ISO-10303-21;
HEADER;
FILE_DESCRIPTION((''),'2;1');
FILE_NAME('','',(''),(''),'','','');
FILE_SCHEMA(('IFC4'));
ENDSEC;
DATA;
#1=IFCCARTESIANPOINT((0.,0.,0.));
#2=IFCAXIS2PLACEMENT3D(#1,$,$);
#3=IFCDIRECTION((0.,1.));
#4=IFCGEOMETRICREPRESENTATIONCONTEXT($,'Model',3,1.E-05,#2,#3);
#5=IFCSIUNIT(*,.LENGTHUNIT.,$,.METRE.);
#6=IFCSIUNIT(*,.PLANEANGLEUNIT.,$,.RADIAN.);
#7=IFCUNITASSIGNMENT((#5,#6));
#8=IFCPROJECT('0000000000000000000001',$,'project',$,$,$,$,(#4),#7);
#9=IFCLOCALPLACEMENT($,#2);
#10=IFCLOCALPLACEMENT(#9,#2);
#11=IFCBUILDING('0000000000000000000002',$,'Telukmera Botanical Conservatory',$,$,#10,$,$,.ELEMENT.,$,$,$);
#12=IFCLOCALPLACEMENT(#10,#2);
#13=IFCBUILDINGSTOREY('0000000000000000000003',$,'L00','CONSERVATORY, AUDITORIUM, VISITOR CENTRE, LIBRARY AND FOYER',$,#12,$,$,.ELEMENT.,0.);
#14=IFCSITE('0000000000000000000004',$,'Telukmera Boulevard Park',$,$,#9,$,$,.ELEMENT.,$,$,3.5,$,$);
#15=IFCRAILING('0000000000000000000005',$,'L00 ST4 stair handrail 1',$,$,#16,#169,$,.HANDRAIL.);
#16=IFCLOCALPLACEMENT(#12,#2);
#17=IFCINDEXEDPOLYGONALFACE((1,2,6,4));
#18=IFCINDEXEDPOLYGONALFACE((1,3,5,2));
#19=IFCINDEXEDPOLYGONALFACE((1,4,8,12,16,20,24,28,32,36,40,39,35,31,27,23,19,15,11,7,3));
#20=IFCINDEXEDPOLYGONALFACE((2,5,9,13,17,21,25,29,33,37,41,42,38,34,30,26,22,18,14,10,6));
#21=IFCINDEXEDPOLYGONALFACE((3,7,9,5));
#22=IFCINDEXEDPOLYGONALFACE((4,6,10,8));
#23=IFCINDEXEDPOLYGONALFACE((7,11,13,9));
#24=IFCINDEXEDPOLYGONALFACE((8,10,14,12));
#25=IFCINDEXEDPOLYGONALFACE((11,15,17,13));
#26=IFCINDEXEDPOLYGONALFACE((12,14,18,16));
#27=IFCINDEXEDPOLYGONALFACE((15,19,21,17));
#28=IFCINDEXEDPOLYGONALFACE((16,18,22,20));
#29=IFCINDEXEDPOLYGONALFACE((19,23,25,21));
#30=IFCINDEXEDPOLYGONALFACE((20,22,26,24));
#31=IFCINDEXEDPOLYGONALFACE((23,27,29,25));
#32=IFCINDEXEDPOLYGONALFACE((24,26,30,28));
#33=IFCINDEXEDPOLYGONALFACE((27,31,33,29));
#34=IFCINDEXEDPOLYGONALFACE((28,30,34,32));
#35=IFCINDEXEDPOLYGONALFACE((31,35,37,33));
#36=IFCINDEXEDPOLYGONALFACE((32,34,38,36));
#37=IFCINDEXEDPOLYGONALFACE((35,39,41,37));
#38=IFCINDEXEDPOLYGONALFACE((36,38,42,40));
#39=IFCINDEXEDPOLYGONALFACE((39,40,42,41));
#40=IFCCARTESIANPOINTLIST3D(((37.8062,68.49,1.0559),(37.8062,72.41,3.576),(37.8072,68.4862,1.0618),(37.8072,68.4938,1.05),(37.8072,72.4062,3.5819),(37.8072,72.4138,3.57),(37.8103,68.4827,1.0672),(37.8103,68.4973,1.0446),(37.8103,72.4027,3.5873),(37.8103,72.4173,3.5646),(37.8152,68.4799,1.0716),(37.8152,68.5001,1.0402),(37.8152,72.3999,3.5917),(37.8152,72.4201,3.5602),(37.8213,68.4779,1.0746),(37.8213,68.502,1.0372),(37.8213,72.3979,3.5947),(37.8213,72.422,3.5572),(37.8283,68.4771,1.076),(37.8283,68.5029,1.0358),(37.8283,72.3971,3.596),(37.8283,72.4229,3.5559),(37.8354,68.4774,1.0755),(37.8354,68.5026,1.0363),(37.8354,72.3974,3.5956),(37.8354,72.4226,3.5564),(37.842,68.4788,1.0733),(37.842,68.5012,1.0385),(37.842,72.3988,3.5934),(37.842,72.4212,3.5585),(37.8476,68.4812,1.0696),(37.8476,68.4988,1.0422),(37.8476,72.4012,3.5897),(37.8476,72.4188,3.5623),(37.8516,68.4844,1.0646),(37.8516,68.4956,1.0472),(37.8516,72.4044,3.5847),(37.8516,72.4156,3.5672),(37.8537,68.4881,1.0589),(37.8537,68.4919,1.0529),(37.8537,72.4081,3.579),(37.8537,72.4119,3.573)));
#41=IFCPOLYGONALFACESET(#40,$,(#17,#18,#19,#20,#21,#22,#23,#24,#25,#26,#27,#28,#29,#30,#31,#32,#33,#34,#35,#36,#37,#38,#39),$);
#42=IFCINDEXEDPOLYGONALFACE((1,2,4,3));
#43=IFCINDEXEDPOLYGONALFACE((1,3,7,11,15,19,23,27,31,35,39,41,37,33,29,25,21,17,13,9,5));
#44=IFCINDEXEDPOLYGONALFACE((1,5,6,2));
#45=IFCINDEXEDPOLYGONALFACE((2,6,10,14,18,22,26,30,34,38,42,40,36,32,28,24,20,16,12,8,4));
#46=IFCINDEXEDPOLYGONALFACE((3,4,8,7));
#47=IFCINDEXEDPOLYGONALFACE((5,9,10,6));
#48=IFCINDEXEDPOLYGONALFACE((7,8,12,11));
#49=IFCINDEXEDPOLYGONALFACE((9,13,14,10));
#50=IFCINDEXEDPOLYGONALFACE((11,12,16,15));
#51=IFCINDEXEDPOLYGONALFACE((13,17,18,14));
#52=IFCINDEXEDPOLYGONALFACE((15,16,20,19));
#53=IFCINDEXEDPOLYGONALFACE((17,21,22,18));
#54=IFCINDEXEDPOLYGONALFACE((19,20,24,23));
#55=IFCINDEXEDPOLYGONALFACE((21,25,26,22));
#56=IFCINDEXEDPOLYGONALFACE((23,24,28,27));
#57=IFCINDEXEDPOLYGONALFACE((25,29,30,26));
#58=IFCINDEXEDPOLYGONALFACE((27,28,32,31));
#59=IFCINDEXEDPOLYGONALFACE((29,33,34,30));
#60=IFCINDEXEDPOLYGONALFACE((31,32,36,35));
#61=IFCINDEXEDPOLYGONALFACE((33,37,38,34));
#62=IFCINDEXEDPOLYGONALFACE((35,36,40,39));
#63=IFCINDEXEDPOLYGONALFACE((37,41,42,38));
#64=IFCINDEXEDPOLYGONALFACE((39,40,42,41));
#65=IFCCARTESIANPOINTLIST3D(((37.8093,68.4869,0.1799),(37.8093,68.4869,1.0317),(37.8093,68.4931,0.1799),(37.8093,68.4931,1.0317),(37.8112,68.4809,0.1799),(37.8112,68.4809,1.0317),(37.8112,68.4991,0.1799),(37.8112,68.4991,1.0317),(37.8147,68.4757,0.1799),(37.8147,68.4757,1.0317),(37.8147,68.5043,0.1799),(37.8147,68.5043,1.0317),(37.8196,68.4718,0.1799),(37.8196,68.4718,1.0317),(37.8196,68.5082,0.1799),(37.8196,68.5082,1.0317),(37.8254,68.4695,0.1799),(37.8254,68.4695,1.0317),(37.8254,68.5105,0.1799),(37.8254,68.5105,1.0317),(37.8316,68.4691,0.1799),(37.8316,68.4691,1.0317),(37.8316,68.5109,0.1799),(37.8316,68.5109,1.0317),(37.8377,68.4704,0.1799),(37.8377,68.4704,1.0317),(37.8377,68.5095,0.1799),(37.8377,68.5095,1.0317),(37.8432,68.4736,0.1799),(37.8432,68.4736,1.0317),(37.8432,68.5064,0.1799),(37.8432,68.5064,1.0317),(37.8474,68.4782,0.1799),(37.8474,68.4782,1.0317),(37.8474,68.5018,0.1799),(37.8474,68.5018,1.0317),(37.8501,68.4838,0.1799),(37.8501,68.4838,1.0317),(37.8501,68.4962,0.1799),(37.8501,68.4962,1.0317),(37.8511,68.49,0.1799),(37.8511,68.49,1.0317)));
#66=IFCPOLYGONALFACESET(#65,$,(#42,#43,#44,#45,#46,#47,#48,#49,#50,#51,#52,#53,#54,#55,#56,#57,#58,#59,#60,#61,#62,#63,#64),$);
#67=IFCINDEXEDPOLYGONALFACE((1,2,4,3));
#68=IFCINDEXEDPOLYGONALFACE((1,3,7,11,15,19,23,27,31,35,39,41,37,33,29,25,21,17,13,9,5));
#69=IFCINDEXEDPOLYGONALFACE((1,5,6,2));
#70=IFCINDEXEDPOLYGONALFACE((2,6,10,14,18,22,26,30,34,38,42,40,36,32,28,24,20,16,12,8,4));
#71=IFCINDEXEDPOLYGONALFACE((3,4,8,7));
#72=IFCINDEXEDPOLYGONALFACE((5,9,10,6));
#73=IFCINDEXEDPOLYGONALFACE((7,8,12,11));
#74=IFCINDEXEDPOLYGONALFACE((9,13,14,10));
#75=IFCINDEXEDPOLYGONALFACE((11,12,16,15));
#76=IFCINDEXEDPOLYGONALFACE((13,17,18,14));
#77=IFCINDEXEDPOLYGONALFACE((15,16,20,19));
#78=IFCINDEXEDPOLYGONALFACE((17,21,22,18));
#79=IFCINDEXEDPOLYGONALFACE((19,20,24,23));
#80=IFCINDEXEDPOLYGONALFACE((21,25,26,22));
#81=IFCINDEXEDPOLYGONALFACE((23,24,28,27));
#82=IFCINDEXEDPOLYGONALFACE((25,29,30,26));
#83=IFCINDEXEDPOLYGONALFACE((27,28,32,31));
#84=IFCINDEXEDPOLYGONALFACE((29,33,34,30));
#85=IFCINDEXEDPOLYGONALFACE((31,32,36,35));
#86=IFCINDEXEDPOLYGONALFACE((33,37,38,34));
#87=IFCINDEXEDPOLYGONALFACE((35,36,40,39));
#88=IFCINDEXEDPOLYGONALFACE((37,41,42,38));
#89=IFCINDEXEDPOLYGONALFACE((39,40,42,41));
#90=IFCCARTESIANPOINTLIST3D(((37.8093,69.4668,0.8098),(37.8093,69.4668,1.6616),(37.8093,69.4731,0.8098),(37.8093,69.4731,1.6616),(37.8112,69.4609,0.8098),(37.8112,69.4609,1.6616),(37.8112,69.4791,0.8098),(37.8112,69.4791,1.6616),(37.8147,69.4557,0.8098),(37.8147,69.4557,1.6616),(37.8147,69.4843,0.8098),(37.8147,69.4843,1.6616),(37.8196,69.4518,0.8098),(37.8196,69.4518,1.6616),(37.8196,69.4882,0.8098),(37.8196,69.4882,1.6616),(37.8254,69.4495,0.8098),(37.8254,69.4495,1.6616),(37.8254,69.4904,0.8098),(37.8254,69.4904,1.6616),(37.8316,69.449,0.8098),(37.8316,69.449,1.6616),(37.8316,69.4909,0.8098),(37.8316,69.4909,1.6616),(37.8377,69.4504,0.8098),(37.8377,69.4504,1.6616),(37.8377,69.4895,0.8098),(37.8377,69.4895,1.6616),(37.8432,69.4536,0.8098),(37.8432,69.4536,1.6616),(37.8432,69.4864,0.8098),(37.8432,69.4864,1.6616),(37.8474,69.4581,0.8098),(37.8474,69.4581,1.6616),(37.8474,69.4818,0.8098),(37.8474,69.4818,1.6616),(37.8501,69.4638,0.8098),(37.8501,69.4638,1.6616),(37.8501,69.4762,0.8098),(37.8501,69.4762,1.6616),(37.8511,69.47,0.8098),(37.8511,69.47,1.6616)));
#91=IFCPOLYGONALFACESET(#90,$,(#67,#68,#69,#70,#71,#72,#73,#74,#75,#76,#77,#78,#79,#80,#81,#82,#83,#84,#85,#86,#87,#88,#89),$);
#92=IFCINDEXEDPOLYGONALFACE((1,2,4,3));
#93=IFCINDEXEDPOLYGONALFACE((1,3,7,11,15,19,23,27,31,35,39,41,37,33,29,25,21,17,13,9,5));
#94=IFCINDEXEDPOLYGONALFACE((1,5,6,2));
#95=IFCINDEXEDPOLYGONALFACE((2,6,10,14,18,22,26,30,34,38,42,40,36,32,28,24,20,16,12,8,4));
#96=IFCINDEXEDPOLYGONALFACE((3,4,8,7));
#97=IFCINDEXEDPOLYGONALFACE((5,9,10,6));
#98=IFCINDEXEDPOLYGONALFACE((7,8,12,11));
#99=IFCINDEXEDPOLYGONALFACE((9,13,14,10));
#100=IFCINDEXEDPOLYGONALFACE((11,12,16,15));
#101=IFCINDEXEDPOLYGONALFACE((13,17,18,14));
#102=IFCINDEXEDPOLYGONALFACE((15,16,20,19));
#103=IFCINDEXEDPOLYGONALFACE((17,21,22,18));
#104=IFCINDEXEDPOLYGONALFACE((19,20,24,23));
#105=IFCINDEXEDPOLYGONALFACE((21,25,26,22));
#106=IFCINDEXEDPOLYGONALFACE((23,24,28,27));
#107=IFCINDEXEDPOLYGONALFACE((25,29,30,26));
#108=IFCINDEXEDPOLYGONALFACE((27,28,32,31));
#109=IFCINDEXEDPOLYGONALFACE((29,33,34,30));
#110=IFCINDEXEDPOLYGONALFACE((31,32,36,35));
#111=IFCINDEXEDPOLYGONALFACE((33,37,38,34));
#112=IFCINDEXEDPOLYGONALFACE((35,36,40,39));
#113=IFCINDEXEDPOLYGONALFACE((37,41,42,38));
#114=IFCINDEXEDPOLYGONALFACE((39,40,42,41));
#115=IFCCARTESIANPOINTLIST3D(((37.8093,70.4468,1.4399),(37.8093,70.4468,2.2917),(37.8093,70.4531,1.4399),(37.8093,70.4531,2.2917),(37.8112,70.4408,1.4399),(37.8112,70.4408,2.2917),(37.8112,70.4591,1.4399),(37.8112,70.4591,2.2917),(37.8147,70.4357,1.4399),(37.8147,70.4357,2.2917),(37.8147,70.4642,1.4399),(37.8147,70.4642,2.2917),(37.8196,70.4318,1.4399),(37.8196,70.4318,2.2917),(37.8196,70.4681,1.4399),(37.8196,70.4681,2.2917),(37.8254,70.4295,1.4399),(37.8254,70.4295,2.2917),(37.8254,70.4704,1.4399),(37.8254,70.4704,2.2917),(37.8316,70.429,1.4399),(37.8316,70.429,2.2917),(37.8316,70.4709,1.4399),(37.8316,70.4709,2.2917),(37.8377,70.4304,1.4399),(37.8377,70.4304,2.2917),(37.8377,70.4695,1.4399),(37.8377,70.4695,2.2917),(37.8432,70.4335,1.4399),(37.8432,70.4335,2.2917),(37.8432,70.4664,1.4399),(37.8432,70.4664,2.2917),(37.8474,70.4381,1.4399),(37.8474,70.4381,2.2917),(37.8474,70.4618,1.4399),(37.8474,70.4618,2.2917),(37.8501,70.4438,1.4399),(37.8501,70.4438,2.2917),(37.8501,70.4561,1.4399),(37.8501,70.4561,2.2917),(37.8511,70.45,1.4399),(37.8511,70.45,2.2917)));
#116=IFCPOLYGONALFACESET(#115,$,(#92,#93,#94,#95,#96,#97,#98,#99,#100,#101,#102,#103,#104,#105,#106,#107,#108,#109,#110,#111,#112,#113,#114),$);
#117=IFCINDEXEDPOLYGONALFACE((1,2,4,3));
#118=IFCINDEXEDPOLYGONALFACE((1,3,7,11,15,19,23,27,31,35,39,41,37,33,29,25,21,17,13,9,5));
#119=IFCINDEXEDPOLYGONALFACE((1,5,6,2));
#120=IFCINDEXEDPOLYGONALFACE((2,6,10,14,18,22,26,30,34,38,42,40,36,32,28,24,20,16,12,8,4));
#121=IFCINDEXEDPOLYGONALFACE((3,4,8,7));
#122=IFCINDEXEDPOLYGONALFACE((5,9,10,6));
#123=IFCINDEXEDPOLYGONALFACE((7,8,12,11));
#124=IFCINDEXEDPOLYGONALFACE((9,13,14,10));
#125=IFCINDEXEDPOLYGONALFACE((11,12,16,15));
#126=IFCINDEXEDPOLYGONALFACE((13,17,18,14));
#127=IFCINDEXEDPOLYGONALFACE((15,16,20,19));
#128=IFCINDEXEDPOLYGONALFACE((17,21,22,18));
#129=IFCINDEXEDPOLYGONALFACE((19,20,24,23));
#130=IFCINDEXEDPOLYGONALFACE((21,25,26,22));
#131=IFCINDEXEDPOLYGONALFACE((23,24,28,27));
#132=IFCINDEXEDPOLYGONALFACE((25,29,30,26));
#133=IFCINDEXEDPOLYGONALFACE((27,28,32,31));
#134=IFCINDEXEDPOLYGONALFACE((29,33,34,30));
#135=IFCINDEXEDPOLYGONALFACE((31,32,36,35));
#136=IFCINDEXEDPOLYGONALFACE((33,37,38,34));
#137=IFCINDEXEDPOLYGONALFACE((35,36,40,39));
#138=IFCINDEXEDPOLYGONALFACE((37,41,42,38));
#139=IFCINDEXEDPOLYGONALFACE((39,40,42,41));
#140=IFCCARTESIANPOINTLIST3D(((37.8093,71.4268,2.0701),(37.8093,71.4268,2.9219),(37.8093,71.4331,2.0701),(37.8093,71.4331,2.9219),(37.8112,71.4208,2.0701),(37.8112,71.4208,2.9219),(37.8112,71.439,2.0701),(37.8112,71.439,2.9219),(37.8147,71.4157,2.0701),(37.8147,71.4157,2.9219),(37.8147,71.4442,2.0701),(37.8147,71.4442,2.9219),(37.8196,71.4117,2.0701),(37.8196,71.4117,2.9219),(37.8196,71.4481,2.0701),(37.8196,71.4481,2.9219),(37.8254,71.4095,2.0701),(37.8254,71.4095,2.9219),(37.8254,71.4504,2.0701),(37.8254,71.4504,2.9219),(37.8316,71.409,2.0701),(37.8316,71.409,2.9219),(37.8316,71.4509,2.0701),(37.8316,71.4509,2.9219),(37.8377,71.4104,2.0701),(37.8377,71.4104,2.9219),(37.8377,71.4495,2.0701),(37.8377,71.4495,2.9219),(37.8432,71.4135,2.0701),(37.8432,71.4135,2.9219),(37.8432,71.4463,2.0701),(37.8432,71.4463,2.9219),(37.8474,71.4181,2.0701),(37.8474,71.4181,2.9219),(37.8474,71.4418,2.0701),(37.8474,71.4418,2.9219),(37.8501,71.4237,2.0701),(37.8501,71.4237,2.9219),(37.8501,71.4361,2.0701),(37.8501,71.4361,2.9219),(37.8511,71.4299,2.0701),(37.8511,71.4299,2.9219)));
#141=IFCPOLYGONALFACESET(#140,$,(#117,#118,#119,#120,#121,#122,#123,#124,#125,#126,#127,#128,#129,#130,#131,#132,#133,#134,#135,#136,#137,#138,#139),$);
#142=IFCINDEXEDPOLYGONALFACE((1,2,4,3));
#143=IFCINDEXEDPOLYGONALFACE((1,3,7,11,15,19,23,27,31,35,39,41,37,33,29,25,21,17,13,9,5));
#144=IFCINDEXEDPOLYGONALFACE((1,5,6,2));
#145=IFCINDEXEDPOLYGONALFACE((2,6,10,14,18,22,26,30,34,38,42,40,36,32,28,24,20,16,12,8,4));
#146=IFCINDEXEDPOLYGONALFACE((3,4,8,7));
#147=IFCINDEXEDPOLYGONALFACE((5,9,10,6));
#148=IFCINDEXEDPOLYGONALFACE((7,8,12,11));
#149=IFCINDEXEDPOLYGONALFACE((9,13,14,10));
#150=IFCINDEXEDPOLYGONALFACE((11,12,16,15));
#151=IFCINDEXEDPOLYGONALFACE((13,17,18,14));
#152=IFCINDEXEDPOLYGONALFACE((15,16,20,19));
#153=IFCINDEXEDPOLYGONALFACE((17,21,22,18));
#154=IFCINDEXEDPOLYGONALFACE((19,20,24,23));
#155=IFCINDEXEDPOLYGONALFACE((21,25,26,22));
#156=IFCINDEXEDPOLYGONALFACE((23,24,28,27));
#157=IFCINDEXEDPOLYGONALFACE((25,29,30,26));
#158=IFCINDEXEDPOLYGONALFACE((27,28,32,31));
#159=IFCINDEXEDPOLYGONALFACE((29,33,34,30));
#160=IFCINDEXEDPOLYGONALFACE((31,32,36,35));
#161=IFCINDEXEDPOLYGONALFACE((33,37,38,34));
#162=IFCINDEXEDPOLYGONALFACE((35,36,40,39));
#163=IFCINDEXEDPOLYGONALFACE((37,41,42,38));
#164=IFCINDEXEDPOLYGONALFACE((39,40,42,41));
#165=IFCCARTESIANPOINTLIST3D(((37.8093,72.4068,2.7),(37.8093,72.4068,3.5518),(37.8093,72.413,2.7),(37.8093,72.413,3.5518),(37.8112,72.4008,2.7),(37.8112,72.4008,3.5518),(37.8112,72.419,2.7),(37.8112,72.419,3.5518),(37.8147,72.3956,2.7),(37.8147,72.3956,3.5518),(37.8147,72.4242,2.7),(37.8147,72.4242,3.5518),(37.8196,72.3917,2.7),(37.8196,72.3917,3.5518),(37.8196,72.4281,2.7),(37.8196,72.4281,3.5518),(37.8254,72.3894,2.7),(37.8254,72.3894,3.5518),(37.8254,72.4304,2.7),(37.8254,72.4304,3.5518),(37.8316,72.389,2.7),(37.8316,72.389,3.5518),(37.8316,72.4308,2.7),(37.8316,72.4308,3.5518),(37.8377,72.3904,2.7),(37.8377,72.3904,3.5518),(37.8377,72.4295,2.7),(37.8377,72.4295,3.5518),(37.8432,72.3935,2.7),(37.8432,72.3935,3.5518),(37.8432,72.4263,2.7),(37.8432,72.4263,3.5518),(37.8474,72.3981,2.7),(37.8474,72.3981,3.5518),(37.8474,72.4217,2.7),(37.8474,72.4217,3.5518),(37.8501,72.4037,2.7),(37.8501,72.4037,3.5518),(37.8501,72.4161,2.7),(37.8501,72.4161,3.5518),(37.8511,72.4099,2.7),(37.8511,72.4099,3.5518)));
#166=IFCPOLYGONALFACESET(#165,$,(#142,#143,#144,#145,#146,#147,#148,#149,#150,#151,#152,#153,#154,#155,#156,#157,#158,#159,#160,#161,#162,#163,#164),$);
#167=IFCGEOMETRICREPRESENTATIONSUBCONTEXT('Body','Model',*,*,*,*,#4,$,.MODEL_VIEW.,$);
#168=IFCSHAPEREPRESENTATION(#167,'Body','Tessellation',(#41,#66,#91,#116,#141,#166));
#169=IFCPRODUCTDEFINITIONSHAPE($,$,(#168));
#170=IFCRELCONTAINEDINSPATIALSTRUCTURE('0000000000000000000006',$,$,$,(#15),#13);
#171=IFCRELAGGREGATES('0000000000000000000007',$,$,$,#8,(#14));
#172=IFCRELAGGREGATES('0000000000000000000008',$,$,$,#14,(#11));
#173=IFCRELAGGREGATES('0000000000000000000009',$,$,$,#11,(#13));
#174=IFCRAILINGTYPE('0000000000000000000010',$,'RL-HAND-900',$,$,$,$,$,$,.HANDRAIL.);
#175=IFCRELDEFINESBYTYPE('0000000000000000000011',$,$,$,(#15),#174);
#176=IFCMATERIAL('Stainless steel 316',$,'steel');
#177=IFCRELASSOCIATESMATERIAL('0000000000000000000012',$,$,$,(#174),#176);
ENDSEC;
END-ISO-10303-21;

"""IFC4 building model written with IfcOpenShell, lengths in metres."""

from ifc_helpers import new_model, si_unit, direction, frame, origin, origin_2d, place, context, subcontext, project, spatial, circle, extrude, material, type_object, element, save


model = new_model("IFC4")

# Units and contexts
model_context = context("Model", 3, precision=1e-05, world=origin(), true_north=direction((0.0, 1.0)))
body_context = subcontext(model_context, "Body", "Model", "MODEL_VIEW")
ifc_project = project(units=[si_unit("LENGTHUNIT", "METRE"), si_unit("PLANEANGLEUNIT", "RADIAN")], contexts=[model_context])

# Site, building, storey
site_placement = place(None, origin())
site = spatial("IfcSite", under=ifc_project, at=site_placement, Name="Telukmera Boulevard Park", CompositionType="ELEMENT", RefElevation=3.5)
building_placement = place(site_placement, origin())
building = spatial("IfcBuilding", under=site, at=building_placement, Name="Telukmera Botanical Conservatory", CompositionType="ELEMENT")
storey_placement = place(building_placement, origin())
storey = spatial("IfcBuildingStorey", under=building, at=storey_placement, Name="L00", Description="CONSERVATORY, AUDITORIUM, VISITOR CENTRE, LIBRARY AND FOYER", CompositionType="ELEMENT", Elevation=0.0)

# Railing
ifc_material_1 = material(Name="Stainless steel 316", Category="steel")
railing_type_1 = type_object("IfcRailingType", Name="RL-HAND-900", PredefinedType="HANDRAIL", material=ifc_material_1)
railing_1_placement = place(storey_placement, frame((37.8301, 68.49, 0.1799)))
element("IfcRailing", 1, at=railing_1_placement, inside=storey, type_object=railing_type_1, Name="L00 ST4 stair handrail 1", PredefinedType="HANDRAIL", context=body_context, shape_type="SweptSolid", body=[
    extrude(circle(Radius=0.0239, at=origin_2d()), frame((0.0, 0.0, 0.876), z_axis=(0.0, 0.841172, 0.540768), x_axis=(-1.0, 0.0, 0.0)), (0.0, 0.0, 1.0), 4.6602),
    extrude(circle(Radius=0.021, at=origin_2d()), origin(), (0.0, 0.0, 1.0), 0.8518),
    extrude(circle(Radius=0.021, at=origin_2d()), frame((0.0, 0.98, 0.6299)), (0.0, 0.0, 1.0), 0.8518),
    extrude(circle(Radius=0.021, at=origin_2d()), frame((0.0, 1.96, 1.26)), (0.0, 0.0, 1.0), 0.8518),
    extrude(circle(Radius=0.021, at=origin_2d()), frame((0.0, 2.9399, 1.8901)), (0.0, 0.0, 1.0), 0.8518),
    extrude(circle(Radius=0.021, at=origin_2d()), frame((0.0, 3.9199, 2.52)), (0.0, 0.0, 1.0), 0.8518),
])

save(model, "model.ifc")
